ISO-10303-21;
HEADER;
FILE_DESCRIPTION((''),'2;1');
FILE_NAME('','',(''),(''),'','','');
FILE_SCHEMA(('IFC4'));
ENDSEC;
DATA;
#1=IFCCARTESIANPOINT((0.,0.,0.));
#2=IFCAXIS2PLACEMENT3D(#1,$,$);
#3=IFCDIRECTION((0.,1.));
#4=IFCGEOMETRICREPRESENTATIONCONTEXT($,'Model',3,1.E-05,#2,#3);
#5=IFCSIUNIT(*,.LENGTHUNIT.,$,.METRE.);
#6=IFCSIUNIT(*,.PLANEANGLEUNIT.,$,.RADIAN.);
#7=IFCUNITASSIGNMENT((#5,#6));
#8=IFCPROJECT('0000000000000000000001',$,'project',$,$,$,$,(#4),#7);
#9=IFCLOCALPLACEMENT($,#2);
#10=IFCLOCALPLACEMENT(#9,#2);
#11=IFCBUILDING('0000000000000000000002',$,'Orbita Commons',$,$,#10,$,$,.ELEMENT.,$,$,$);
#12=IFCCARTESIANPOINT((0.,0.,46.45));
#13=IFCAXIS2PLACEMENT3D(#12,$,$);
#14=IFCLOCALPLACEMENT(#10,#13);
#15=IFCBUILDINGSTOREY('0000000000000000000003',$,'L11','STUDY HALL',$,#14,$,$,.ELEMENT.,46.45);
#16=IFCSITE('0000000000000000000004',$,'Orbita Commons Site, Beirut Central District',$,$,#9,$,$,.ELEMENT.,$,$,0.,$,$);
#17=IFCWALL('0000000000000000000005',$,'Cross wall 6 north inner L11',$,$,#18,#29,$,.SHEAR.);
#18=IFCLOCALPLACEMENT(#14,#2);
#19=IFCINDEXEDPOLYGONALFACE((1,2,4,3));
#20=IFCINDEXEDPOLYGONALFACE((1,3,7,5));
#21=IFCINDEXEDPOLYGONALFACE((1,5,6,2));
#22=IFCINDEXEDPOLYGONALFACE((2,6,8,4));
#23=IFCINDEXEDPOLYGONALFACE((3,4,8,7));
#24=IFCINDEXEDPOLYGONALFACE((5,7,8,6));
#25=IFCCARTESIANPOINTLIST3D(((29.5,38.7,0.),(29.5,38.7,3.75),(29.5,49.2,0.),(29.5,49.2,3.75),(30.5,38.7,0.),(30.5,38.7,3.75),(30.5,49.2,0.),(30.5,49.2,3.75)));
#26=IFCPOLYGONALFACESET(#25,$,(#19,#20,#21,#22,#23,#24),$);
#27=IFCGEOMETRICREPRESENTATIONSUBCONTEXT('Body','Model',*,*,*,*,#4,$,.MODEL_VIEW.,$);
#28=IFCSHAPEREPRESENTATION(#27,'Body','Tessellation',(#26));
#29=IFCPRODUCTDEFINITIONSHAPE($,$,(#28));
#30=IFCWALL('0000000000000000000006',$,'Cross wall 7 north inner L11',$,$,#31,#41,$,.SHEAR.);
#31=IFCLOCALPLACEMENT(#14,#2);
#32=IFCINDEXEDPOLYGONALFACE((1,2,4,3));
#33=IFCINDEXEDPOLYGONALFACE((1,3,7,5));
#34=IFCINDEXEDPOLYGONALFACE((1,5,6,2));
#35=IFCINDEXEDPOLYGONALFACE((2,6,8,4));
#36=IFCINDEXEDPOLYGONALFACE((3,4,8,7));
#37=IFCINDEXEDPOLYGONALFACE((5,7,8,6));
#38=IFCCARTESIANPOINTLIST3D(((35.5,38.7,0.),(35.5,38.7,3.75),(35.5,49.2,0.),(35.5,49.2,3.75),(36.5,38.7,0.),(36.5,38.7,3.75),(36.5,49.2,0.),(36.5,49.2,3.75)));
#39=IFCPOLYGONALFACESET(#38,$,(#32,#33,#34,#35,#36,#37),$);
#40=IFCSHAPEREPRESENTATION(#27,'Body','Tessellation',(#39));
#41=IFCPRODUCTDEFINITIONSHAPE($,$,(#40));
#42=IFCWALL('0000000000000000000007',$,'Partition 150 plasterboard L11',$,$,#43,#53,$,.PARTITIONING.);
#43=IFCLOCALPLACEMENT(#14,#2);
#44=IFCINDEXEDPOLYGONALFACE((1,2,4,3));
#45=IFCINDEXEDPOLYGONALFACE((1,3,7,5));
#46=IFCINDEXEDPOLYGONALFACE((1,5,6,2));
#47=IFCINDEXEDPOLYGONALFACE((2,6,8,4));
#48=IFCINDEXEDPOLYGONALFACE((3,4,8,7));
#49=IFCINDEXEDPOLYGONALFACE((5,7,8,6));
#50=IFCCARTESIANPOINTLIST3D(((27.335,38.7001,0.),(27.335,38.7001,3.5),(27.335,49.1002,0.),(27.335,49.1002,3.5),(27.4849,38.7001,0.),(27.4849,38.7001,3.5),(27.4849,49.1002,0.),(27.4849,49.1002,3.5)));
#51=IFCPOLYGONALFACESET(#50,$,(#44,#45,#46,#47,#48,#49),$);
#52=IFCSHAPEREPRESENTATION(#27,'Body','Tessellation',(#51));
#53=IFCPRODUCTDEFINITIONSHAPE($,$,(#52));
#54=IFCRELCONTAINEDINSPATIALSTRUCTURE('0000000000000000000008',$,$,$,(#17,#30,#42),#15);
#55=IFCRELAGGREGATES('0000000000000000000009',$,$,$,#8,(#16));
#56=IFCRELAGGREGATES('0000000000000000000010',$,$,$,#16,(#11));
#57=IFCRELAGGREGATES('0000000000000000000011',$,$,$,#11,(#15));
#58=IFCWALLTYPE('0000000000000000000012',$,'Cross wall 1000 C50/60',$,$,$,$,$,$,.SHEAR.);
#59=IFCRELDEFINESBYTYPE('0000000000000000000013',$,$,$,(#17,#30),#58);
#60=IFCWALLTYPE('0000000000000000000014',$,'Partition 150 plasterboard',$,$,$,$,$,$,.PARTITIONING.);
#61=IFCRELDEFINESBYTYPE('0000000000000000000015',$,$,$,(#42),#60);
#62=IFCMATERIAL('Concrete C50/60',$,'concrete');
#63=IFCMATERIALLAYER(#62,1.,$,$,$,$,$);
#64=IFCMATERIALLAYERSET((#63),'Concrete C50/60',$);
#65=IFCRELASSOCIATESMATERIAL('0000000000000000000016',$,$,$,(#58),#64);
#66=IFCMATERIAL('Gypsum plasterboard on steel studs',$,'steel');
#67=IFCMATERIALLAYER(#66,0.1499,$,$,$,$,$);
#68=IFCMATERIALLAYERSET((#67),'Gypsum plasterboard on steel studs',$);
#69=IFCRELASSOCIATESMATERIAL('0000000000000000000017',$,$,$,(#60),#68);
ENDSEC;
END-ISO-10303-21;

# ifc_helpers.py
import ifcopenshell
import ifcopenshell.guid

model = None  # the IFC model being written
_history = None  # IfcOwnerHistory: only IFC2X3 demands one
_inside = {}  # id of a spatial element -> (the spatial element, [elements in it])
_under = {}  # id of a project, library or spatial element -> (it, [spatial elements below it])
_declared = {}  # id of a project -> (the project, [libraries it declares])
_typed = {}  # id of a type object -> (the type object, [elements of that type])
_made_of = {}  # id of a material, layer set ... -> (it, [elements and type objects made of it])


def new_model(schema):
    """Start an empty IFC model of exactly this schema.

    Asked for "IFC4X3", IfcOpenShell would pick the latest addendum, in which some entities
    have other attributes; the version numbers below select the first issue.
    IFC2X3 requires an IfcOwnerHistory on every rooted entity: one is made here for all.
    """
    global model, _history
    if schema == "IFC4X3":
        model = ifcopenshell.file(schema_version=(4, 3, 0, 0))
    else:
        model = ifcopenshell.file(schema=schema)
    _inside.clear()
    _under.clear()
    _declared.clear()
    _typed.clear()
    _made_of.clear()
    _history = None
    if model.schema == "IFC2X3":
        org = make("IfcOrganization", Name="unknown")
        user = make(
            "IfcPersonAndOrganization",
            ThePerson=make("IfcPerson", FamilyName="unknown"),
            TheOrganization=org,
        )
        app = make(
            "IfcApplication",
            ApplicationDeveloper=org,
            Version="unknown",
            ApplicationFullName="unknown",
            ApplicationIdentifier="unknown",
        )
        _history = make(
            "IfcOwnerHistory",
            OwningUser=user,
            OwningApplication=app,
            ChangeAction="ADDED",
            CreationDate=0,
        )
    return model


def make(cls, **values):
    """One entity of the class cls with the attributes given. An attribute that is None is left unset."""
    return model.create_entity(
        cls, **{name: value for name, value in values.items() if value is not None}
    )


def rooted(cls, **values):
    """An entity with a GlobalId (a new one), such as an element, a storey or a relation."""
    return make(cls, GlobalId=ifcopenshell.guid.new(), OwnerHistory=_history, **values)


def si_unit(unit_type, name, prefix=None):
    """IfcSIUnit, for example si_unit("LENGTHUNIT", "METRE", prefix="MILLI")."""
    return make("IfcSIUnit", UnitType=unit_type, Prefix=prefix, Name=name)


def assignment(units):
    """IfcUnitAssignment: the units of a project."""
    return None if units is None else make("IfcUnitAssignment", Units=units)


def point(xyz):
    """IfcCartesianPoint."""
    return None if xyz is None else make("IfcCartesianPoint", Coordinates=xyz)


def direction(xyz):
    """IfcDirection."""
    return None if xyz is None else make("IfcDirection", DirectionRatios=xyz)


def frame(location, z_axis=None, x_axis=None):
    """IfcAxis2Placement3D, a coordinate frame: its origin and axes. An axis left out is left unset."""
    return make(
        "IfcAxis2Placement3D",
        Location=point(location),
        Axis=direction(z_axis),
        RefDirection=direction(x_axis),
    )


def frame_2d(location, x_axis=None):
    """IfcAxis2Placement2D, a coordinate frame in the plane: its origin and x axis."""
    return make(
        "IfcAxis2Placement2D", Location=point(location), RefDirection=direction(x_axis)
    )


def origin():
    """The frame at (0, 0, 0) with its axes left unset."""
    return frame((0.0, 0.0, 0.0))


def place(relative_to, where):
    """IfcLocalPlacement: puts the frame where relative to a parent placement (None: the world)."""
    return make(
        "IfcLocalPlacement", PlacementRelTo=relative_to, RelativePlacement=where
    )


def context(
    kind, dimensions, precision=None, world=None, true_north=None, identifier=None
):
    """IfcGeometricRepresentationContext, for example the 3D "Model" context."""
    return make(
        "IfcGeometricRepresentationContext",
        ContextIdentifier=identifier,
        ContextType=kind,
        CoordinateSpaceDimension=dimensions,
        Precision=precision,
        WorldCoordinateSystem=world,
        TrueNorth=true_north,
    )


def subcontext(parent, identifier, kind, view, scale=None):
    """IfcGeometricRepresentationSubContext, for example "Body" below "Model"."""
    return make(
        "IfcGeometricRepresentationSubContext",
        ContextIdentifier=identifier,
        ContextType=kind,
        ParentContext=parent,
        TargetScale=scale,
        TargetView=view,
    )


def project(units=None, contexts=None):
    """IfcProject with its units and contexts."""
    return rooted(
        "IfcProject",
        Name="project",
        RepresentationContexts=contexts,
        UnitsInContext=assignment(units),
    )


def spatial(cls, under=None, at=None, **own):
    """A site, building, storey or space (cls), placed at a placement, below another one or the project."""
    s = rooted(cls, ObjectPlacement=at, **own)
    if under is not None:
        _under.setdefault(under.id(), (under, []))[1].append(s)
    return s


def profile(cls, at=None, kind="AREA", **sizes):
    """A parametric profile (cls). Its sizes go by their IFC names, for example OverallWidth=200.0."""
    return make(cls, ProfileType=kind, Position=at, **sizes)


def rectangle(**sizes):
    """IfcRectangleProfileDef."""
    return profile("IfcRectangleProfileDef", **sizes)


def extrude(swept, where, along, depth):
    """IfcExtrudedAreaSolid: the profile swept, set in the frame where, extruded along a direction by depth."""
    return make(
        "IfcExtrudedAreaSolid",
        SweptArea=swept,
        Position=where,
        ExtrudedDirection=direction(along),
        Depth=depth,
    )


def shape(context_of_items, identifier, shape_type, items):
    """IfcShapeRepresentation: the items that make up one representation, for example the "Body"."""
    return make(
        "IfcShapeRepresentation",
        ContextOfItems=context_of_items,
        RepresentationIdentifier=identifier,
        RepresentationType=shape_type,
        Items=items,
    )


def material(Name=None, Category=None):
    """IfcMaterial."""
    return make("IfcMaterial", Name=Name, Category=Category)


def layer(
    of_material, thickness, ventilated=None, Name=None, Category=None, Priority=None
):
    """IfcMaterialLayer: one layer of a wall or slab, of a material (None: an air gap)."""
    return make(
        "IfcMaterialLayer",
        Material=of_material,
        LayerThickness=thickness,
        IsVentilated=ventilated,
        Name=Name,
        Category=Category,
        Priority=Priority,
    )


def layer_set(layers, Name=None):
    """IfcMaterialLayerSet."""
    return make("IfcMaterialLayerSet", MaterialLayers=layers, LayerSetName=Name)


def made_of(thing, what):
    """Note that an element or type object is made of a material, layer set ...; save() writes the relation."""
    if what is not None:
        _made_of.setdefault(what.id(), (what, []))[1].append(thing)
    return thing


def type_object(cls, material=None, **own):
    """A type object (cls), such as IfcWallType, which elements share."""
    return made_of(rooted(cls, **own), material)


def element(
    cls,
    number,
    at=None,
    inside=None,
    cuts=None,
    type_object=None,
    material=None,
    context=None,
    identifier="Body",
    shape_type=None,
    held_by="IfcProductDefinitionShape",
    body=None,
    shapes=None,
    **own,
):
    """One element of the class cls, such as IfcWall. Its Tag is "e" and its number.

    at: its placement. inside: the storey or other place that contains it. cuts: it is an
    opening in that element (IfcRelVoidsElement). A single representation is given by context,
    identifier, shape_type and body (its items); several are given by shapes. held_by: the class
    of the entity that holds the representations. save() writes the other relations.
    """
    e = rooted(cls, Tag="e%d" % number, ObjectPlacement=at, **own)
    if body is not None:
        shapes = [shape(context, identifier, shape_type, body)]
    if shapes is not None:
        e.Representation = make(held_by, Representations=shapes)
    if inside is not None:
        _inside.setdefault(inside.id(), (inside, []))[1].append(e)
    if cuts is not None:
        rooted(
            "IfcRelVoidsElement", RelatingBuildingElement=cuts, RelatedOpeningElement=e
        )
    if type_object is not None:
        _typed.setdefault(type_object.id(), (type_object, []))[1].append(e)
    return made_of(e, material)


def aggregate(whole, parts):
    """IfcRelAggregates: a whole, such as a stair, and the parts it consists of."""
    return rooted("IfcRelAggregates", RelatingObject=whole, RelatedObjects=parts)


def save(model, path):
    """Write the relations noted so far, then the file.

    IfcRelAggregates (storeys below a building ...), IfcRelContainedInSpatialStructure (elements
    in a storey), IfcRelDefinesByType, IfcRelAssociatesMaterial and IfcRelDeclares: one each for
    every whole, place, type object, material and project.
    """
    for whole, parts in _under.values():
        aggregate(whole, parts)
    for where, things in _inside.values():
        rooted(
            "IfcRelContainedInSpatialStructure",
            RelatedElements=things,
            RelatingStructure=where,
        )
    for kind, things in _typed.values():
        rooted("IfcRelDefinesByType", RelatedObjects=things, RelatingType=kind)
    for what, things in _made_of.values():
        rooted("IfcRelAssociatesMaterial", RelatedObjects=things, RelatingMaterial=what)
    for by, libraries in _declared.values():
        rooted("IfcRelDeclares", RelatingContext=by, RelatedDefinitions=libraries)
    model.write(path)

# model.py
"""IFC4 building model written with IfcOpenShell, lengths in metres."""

from ifc_helpers import new_model, si_unit, direction, frame, frame_2d, origin, place, context, subcontext, project, spatial, rectangle, extrude, material, layer, layer_set, type_object, element, save


model = new_model("IFC4")

# Units and contexts
model_context = context("Model", 3, precision=1e-05, world=origin(), true_north=direction((0.0, 1.0)))
body_context = subcontext(model_context, "Body", "Model", "MODEL_VIEW")
ifc_project = project(units=[si_unit("LENGTHUNIT", "METRE"), si_unit("PLANEANGLEUNIT", "RADIAN")], contexts=[model_context])

# Site, building, storey
site_placement = place(None, origin())
site = spatial("IfcSite", under=ifc_project, at=site_placement, Name="Orbita Commons Site, Beirut Central District", CompositionType="ELEMENT", RefElevation=0.0)
building_placement = place(site_placement, origin())
building = spatial("IfcBuilding", under=site, at=building_placement, Name="Orbita Commons", CompositionType="ELEMENT")
storey_placement = place(building_placement, frame((0.0, 0.0, 46.45)))
storey = spatial("IfcBuildingStorey", under=building, at=storey_placement, Name="L11", Description="STUDY HALL", CompositionType="ELEMENT", Elevation=46.45)

# Walls
ifc_material_1 = material(Name="Concrete C50/60", Category="concrete")
ifc_layer_1 = layer(ifc_material_1, 1.0)
ifc_layer_set_1 = layer_set([ifc_layer_1], Name="Concrete C50/60")
wall_type_1 = type_object("IfcWallType", Name="Cross wall 1000 C50/60", PredefinedType="SHEAR", material=ifc_layer_set_1)
for number, where, z_axis, x_axis, name in (
    (1, (30.0, 38.7, 0.0), (0.0, 0.0, 1.0), (0.0, 1.0, 0.0), "Cross wall 6 north inner L11"),
    (2, (36.0, 38.7, 0.0), (0.0, 0.0, 1.0), (0.0, 1.0, 0.0), "Cross wall 7 north inner L11"),
):
    element("IfcWall", number, at=place(storey_placement, frame(where, z_axis=z_axis, x_axis=x_axis)), inside=storey, type_object=wall_type_1, Name=name, PredefinedType="SHEAR", context=body_context, shape_type="SweptSolid", body=[
        extrude(rectangle(XDim=10.5, YDim=1.0, at=frame_2d((5.25, 0.0))), origin(), (0.0, 0.0, 1.0), 3.75),
    ])
ifc_material_2 = material(Name="Gypsum plasterboard on steel studs", Category="steel")
ifc_layer_2 = layer(ifc_material_2, 0.1499)
ifc_layer_set_2 = layer_set([ifc_layer_2], Name="Gypsum plasterboard on steel studs")
wall_type_2 = type_object("IfcWallType", Name="Partition 150 plasterboard", PredefinedType="PARTITIONING", material=ifc_layer_set_2)
wall_1_placement = place(storey_placement, frame((27.4099, 38.7, 0.0), z_axis=(0.0, 0.0, 1.0), x_axis=(0.0, 1.0, 0.0)))
element("IfcWall", 3, at=wall_1_placement, inside=storey, type_object=wall_type_2, Name="Partition 150 plasterboard L11", PredefinedType="PARTITIONING", context=body_context, shape_type="SweptSolid", body=[
    extrude(rectangle(XDim=10.4001, YDim=0.1499, at=frame_2d((5.2002, 0.0))), origin(), (0.0, 0.0, 1.0), 3.5),
])

save(model, "model.ifc")
